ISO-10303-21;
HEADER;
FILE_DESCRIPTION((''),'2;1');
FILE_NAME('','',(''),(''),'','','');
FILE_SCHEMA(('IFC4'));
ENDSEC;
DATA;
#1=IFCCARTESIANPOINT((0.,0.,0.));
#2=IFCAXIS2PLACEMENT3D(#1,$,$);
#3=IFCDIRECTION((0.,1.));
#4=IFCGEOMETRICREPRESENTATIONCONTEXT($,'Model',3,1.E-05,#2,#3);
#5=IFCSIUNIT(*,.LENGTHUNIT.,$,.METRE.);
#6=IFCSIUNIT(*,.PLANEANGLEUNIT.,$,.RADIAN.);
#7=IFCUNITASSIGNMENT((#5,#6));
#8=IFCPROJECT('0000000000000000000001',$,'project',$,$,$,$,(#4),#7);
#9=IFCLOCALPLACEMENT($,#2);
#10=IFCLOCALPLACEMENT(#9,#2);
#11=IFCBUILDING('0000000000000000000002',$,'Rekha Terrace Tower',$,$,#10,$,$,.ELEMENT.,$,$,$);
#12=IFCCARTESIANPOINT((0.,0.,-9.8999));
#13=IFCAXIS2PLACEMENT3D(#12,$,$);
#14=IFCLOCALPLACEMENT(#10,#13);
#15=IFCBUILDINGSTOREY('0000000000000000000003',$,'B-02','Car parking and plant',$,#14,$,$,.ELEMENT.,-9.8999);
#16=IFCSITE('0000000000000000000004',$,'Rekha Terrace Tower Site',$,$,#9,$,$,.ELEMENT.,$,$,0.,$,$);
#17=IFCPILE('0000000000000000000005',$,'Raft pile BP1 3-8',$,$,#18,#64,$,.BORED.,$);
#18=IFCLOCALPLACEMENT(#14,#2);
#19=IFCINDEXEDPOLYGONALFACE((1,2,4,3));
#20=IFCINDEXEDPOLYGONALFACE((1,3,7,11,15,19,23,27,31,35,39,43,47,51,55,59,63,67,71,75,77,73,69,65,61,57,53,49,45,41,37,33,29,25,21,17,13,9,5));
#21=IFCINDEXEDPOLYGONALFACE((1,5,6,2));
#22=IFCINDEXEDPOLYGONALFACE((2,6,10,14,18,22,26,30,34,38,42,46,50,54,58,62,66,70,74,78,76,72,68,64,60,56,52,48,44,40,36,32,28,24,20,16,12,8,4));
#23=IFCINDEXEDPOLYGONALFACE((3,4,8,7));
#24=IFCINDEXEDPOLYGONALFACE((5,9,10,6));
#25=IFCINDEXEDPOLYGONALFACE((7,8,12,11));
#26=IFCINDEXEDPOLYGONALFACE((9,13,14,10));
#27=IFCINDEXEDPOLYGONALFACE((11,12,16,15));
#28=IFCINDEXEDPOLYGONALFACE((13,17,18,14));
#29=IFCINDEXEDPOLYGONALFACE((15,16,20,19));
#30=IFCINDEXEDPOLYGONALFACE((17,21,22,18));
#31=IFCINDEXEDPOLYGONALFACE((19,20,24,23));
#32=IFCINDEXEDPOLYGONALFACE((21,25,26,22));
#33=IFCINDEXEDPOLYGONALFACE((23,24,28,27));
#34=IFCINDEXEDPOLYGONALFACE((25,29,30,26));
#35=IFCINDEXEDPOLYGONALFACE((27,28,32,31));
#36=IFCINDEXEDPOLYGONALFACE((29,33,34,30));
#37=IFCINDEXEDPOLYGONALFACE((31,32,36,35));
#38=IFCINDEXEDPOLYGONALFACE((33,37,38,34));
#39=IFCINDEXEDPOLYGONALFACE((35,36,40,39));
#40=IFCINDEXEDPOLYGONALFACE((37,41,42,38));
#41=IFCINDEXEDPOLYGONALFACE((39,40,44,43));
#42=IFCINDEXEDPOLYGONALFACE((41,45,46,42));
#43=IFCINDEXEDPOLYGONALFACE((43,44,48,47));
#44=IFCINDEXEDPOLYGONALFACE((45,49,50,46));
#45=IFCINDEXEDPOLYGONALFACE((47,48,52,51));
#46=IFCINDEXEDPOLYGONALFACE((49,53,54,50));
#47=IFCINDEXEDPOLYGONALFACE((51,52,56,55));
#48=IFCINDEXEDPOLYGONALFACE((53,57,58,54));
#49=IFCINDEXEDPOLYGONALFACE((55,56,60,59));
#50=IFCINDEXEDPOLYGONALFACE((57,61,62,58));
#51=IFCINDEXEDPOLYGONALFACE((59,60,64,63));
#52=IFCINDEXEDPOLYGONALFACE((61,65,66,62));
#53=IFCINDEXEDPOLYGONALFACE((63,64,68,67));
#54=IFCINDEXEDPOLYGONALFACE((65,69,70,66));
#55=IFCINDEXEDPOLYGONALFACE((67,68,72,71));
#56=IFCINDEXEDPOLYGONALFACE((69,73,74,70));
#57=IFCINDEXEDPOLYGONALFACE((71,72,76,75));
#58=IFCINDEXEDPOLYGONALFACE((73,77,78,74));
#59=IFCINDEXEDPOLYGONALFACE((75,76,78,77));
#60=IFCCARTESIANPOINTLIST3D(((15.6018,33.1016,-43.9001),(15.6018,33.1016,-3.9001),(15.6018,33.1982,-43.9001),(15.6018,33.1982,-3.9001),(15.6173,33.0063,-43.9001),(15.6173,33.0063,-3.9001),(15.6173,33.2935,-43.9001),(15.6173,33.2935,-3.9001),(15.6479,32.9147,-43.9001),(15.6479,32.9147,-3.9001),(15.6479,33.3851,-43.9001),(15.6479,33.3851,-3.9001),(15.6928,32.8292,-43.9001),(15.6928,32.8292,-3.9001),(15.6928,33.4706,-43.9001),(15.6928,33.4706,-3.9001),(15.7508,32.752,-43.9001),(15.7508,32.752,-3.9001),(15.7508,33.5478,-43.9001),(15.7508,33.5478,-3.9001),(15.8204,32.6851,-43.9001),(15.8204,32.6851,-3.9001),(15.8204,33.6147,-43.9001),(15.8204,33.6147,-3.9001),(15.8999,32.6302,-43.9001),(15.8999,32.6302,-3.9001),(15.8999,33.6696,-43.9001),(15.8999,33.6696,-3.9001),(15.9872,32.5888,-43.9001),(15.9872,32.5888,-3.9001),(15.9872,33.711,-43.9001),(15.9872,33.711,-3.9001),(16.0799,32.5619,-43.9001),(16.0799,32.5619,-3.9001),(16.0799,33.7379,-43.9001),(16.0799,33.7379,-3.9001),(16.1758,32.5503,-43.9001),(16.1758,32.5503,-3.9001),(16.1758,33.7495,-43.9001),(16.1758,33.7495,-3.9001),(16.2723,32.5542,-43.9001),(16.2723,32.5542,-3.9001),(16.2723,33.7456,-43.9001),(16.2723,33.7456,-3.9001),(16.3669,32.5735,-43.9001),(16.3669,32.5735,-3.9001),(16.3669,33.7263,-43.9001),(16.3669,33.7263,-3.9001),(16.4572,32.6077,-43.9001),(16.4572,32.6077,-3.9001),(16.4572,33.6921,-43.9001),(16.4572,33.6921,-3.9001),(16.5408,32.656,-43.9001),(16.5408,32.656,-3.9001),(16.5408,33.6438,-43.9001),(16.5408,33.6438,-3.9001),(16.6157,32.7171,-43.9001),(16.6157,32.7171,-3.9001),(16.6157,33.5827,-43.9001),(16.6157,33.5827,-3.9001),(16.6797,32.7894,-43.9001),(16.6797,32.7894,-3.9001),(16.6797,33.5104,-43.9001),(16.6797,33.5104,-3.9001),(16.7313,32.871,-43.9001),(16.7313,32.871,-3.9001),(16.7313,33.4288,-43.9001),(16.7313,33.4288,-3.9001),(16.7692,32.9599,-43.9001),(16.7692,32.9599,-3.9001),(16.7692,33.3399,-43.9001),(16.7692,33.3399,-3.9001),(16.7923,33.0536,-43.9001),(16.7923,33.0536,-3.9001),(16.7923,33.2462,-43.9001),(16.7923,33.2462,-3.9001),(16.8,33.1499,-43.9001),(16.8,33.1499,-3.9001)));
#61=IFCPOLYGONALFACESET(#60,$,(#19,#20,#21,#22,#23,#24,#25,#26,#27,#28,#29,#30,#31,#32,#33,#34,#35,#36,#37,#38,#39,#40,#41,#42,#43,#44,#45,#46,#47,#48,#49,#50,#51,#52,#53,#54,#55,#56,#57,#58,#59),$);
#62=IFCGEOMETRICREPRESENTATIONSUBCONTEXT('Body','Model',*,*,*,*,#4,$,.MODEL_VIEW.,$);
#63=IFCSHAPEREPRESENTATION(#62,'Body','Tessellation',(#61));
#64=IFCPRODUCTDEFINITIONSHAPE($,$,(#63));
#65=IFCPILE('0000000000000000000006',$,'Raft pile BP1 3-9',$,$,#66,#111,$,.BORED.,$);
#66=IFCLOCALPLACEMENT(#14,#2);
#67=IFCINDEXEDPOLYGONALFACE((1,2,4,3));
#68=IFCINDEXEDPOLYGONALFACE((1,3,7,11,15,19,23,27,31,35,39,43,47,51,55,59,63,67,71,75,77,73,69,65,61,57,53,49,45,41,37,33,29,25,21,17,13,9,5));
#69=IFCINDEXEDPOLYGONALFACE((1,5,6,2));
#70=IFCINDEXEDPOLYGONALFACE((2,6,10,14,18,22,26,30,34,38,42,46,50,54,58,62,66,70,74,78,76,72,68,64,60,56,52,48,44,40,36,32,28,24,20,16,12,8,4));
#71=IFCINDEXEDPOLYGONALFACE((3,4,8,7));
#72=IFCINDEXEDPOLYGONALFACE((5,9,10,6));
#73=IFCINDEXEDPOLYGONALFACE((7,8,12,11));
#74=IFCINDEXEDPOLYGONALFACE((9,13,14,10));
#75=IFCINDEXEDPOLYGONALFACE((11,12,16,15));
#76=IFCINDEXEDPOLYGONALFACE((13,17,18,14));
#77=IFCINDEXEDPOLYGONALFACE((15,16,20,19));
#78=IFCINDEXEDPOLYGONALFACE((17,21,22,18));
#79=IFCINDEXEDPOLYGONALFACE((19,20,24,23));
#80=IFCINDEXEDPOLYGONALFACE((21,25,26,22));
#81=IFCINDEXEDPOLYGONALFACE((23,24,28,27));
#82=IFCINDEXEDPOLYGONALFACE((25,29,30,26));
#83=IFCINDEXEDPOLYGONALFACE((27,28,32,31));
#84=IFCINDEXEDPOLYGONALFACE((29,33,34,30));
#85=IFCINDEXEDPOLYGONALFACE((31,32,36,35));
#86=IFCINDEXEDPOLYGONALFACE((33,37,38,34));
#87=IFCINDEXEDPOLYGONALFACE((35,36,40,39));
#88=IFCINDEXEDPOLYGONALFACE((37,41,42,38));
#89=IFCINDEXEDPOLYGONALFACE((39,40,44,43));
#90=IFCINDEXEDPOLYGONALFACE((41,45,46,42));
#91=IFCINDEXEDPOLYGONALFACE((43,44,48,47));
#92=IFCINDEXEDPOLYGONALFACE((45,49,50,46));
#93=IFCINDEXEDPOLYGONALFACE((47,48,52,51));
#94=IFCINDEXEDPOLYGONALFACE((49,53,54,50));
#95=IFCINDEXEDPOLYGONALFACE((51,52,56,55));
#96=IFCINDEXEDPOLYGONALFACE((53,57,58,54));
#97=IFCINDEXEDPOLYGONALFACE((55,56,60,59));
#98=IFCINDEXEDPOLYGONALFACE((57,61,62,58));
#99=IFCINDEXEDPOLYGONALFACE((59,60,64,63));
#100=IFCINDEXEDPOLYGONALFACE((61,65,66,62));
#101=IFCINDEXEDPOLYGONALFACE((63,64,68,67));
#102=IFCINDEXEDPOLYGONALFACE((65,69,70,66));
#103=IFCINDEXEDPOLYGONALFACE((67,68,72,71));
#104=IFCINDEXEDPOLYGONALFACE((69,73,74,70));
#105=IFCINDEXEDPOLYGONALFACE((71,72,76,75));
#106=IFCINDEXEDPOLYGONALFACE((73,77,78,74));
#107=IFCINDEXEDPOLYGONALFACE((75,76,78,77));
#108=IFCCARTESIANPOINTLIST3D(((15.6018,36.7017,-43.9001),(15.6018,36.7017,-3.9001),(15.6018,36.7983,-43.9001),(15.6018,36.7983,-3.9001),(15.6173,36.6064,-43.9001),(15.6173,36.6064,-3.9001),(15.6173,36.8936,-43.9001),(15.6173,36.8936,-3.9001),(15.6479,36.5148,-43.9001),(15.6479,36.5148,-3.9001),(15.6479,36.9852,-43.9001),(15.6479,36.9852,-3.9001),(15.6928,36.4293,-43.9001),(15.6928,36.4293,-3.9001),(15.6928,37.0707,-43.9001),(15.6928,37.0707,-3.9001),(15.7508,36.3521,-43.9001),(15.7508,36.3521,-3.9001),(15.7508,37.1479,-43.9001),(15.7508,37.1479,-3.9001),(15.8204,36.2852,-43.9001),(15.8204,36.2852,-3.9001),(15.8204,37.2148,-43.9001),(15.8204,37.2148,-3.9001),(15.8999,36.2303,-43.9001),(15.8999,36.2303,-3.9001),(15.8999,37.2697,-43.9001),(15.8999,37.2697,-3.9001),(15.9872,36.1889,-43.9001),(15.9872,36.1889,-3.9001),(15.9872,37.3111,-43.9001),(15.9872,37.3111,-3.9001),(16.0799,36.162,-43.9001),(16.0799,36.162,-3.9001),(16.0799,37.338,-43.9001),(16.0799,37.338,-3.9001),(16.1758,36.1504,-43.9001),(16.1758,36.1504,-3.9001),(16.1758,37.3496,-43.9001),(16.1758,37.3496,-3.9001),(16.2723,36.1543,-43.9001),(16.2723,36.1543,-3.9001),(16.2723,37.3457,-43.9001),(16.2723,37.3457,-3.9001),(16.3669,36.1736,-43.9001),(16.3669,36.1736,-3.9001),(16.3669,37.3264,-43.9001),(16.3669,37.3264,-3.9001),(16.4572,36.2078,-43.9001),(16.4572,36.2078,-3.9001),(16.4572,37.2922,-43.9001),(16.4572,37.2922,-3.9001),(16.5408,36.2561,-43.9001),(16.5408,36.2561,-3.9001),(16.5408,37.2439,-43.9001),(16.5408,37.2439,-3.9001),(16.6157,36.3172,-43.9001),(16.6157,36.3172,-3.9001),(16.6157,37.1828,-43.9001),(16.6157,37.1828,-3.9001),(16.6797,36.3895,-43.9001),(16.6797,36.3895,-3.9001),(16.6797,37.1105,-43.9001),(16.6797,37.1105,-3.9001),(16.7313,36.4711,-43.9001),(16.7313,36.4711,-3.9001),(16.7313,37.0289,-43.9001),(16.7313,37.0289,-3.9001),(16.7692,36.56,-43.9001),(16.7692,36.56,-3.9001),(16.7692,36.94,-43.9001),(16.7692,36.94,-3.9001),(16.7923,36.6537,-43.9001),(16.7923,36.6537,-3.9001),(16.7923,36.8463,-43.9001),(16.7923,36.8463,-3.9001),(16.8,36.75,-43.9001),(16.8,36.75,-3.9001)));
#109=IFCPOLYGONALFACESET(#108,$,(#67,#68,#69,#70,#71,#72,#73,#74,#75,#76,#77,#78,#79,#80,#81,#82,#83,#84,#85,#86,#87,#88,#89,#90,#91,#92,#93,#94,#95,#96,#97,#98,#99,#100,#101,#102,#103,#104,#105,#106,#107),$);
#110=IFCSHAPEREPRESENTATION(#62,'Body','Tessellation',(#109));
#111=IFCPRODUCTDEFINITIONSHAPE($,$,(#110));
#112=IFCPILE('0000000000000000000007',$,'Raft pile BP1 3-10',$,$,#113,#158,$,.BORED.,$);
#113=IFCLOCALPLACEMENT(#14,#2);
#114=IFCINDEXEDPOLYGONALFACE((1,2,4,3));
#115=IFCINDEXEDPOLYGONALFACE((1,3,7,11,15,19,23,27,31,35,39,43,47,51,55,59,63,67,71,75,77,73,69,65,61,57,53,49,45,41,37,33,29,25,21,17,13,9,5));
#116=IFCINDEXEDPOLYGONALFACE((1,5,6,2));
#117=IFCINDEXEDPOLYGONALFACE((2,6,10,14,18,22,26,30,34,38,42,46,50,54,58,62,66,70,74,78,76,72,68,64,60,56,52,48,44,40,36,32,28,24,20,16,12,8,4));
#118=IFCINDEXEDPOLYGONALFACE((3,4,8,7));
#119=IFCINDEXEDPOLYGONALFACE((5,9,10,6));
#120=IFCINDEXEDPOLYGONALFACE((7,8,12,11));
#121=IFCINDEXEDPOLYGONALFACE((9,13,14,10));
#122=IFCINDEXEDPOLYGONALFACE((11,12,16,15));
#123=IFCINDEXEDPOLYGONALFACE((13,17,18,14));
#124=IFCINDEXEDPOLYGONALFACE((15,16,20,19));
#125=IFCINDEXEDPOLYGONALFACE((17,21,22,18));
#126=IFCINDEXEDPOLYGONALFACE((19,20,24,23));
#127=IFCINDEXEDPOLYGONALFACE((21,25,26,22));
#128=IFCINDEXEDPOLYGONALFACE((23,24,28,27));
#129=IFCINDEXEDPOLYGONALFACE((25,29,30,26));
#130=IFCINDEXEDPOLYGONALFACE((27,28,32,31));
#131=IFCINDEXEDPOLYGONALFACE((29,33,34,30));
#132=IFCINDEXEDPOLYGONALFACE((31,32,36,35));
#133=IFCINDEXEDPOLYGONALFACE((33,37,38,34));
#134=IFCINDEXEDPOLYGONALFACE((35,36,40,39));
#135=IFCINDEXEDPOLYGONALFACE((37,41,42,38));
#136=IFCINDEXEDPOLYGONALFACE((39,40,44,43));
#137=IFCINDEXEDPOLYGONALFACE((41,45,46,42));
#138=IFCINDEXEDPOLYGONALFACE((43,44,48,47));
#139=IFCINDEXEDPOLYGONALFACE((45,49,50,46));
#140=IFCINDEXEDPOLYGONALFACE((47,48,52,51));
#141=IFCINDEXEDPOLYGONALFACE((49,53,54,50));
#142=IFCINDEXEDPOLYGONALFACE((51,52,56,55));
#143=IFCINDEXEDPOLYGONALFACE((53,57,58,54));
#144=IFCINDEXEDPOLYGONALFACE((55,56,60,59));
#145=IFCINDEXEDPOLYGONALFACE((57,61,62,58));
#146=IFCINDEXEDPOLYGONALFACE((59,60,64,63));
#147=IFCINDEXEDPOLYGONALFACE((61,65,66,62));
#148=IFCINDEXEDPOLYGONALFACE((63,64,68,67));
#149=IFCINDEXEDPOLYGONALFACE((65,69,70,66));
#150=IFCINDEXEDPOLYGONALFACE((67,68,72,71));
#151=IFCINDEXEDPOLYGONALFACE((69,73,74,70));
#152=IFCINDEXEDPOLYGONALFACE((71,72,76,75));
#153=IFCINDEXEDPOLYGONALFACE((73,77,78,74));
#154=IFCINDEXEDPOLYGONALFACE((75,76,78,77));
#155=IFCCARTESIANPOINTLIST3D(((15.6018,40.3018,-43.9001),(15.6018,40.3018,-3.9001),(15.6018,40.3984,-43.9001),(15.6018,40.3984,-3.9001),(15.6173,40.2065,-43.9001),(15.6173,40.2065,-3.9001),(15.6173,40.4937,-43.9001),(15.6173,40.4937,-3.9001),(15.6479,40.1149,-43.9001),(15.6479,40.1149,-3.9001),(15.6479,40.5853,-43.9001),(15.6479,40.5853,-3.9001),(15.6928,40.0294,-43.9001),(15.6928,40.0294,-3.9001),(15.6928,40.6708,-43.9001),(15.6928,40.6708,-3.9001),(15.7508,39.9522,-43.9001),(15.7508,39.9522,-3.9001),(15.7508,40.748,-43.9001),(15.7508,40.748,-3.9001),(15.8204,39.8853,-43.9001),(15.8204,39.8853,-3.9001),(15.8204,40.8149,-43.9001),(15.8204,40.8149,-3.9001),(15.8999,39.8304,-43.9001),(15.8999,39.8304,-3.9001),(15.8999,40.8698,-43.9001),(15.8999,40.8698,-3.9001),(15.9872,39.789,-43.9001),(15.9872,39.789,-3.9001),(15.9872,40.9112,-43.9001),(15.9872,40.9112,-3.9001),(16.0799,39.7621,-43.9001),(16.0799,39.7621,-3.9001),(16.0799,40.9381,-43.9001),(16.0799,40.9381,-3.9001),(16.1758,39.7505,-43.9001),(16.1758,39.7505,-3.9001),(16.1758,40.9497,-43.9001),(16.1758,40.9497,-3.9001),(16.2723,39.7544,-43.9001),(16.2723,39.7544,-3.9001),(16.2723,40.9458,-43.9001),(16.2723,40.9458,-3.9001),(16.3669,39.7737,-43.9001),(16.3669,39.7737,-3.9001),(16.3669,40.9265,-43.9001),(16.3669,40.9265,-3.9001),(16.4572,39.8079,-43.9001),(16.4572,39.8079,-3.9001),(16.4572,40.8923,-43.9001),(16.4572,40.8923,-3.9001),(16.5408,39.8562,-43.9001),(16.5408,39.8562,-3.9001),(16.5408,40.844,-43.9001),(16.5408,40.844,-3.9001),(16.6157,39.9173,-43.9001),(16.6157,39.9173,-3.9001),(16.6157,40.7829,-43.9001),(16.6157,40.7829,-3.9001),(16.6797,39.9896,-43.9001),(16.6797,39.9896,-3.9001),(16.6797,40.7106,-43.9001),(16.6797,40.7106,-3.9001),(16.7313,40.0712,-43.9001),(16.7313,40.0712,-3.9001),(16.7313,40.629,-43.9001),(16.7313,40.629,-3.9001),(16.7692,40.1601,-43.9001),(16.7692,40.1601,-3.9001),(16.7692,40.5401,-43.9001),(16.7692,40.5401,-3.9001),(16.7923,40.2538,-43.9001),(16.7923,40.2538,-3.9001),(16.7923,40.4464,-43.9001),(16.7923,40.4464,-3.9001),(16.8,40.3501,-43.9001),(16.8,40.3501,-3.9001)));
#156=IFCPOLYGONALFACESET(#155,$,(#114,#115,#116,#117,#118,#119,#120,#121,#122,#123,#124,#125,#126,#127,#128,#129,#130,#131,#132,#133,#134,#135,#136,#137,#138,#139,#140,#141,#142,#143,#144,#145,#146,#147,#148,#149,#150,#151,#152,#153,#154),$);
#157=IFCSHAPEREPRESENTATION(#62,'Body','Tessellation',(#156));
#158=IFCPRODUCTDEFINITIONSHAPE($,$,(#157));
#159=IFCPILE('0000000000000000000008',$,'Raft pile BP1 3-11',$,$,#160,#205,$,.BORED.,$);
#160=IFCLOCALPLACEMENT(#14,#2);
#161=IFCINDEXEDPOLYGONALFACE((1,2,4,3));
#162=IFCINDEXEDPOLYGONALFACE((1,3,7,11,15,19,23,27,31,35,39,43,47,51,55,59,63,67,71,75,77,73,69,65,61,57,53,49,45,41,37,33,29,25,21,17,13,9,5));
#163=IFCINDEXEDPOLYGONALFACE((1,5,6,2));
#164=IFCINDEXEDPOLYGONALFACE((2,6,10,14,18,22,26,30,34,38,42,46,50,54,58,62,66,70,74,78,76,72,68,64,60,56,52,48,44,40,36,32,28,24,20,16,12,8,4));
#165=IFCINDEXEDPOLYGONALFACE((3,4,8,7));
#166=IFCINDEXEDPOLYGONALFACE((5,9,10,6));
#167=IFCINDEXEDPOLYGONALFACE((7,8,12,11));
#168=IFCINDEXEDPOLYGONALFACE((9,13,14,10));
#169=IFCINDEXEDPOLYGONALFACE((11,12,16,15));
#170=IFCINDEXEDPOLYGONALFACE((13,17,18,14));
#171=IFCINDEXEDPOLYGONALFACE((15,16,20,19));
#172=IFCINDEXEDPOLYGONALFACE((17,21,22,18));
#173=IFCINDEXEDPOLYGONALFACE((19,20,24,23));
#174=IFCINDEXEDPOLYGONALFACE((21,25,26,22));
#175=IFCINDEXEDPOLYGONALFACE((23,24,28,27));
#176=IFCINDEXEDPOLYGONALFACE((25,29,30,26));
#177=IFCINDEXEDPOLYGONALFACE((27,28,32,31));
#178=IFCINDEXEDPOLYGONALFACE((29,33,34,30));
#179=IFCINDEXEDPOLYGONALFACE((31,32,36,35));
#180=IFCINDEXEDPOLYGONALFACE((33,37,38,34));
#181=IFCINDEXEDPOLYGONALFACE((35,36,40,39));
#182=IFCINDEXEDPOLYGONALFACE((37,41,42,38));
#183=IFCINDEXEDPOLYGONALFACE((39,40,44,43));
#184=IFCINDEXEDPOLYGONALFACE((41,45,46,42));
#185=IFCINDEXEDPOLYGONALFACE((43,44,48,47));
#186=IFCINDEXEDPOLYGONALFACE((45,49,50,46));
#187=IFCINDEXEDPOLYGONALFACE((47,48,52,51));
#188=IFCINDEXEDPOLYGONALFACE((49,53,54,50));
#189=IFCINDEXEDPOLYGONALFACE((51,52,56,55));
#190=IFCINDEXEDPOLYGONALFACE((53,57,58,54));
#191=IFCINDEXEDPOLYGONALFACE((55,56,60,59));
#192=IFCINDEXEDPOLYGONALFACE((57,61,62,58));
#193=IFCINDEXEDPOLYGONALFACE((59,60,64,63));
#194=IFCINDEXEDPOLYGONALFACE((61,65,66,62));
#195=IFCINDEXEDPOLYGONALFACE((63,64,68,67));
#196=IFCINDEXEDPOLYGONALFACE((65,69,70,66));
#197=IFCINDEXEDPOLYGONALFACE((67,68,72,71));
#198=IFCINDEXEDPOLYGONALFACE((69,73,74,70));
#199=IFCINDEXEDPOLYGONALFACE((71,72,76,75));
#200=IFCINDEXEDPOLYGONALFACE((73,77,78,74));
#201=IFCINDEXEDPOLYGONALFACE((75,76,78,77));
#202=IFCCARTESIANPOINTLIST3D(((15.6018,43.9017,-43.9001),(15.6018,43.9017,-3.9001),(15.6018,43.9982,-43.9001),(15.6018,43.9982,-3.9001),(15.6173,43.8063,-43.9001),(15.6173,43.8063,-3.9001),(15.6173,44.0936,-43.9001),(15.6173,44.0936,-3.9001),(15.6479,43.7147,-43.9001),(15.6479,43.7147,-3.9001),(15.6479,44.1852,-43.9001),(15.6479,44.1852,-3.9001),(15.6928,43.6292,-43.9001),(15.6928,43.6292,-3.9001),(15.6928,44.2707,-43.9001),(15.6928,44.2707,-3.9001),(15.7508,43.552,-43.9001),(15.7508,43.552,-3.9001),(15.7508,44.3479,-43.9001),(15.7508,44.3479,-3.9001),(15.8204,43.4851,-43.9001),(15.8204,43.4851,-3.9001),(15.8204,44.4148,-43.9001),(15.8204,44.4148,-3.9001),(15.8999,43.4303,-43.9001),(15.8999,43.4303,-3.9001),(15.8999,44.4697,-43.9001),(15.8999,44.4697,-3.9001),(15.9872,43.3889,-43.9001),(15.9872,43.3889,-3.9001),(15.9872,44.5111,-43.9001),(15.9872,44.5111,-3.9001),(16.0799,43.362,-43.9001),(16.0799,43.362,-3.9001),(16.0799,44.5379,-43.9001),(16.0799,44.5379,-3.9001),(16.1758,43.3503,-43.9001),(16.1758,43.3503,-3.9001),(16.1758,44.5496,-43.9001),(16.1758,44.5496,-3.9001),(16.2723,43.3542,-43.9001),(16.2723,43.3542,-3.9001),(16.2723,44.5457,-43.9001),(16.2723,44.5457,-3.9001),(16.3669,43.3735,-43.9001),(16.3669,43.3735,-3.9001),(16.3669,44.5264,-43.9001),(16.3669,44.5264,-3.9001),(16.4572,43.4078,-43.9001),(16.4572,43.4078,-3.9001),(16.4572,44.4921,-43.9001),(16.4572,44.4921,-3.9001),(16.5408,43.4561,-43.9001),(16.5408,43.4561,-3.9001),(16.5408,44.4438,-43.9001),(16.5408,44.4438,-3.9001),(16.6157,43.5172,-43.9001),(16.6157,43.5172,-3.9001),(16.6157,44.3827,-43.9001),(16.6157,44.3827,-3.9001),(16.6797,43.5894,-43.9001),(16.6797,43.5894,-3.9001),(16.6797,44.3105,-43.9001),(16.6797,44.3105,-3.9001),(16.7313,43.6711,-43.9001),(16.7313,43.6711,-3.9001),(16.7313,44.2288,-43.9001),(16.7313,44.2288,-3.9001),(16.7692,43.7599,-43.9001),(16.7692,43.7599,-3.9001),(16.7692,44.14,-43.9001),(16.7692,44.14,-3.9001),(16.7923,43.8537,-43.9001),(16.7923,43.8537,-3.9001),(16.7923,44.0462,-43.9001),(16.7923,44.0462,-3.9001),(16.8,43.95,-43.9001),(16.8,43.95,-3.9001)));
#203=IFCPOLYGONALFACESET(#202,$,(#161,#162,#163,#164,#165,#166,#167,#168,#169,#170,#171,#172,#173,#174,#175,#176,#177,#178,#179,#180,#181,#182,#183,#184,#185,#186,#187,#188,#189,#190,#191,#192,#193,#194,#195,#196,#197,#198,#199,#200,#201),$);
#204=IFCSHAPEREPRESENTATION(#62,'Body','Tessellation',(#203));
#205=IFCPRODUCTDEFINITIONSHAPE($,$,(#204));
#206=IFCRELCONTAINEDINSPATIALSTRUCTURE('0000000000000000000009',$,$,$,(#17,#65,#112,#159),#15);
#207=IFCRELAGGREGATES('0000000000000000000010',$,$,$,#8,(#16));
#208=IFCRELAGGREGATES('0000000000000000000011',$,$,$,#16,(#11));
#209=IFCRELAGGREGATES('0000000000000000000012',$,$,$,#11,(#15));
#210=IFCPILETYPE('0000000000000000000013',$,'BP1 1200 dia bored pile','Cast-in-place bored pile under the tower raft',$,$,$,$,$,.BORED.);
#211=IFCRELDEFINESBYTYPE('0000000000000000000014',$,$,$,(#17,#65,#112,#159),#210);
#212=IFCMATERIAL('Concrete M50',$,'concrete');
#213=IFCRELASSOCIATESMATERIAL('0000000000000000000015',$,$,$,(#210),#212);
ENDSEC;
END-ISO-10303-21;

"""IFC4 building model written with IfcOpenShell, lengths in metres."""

from ifc_helpers import new_model, si_unit, direction, frame, origin, origin_2d, place, context, subcontext, project, spatial, circle, extrude, material, type_object, element, save


model = new_model("IFC4")

# Units and contexts
model_context = context("Model", 3, precision=1e-05, world=origin(), true_north=direction((0.0, 1.0)))
body_context = subcontext(model_context, "Body", "Model", "MODEL_VIEW")
ifc_project = project(units=[si_unit("LENGTHUNIT", "METRE"), si_unit("PLANEANGLEUNIT", "RADIAN")], contexts=[model_context])

# Site, building, storey
site_placement = place(None, origin())
site = spatial("IfcSite", under=ifc_project, at=site_placement, Name="Rekha Terrace Tower Site", CompositionType="ELEMENT", RefElevation=0.0)
building_placement = place(site_placement, origin())
building = spatial("IfcBuilding", under=site, at=building_placement, Name="Rekha Terrace Tower", CompositionType="ELEMENT")
storey_placement = place(building_placement, frame((0.0, 0.0, -9.8999)))
storey = spatial("IfcBuildingStorey", under=building, at=storey_placement, Name="B-02", Description="Car parking and plant", CompositionType="ELEMENT", Elevation=-9.8999)

# Piles
ifc_material_1 = material(Name="Concrete M50", Category="concrete")
pile_type = type_object("IfcPileType", Name="BP1 1200 dia bored pile", Description="Cast-in-place bored pile under the tower raft", PredefinedType="BORED", material=ifc_material_1)
for number, where, z_axis, x_axis, name in (
    (1, (16.2, 33.1499, -3.9001), (0.0, 0.0, -1.0), (1.0, 0.0, 0.0), "Raft pile BP1 3-8"),
    (2, (16.2, 36.75, -3.9001), (0.0, 0.0, -1.0), (1.0, 0.0, 0.0), "Raft pile BP1 3-9"),
    (3, (16.2, 40.3501, -3.9001), (0.0, 0.0, -1.0), (1.0, 0.0, 0.0), "Raft pile BP1 3-10"),
    (4, (16.2, 43.95, -3.9001), (0.0, 0.0, -1.0), (1.0, 0.0, 0.0), "Raft pile BP1 3-11"),
):
    element("IfcPile", number, at=place(storey_placement, frame(where, z_axis=z_axis, x_axis=x_axis)), inside=storey, type_object=pile_type, Name=name, PredefinedType="BORED", context=body_context, shape_type="SweptSolid", body=[
        extrude(circle(Radius=0.6001, at=origin_2d()), origin(), (0.0, 0.0, 1.0), 40.0),
    ])

save(model, "model.ifc")
